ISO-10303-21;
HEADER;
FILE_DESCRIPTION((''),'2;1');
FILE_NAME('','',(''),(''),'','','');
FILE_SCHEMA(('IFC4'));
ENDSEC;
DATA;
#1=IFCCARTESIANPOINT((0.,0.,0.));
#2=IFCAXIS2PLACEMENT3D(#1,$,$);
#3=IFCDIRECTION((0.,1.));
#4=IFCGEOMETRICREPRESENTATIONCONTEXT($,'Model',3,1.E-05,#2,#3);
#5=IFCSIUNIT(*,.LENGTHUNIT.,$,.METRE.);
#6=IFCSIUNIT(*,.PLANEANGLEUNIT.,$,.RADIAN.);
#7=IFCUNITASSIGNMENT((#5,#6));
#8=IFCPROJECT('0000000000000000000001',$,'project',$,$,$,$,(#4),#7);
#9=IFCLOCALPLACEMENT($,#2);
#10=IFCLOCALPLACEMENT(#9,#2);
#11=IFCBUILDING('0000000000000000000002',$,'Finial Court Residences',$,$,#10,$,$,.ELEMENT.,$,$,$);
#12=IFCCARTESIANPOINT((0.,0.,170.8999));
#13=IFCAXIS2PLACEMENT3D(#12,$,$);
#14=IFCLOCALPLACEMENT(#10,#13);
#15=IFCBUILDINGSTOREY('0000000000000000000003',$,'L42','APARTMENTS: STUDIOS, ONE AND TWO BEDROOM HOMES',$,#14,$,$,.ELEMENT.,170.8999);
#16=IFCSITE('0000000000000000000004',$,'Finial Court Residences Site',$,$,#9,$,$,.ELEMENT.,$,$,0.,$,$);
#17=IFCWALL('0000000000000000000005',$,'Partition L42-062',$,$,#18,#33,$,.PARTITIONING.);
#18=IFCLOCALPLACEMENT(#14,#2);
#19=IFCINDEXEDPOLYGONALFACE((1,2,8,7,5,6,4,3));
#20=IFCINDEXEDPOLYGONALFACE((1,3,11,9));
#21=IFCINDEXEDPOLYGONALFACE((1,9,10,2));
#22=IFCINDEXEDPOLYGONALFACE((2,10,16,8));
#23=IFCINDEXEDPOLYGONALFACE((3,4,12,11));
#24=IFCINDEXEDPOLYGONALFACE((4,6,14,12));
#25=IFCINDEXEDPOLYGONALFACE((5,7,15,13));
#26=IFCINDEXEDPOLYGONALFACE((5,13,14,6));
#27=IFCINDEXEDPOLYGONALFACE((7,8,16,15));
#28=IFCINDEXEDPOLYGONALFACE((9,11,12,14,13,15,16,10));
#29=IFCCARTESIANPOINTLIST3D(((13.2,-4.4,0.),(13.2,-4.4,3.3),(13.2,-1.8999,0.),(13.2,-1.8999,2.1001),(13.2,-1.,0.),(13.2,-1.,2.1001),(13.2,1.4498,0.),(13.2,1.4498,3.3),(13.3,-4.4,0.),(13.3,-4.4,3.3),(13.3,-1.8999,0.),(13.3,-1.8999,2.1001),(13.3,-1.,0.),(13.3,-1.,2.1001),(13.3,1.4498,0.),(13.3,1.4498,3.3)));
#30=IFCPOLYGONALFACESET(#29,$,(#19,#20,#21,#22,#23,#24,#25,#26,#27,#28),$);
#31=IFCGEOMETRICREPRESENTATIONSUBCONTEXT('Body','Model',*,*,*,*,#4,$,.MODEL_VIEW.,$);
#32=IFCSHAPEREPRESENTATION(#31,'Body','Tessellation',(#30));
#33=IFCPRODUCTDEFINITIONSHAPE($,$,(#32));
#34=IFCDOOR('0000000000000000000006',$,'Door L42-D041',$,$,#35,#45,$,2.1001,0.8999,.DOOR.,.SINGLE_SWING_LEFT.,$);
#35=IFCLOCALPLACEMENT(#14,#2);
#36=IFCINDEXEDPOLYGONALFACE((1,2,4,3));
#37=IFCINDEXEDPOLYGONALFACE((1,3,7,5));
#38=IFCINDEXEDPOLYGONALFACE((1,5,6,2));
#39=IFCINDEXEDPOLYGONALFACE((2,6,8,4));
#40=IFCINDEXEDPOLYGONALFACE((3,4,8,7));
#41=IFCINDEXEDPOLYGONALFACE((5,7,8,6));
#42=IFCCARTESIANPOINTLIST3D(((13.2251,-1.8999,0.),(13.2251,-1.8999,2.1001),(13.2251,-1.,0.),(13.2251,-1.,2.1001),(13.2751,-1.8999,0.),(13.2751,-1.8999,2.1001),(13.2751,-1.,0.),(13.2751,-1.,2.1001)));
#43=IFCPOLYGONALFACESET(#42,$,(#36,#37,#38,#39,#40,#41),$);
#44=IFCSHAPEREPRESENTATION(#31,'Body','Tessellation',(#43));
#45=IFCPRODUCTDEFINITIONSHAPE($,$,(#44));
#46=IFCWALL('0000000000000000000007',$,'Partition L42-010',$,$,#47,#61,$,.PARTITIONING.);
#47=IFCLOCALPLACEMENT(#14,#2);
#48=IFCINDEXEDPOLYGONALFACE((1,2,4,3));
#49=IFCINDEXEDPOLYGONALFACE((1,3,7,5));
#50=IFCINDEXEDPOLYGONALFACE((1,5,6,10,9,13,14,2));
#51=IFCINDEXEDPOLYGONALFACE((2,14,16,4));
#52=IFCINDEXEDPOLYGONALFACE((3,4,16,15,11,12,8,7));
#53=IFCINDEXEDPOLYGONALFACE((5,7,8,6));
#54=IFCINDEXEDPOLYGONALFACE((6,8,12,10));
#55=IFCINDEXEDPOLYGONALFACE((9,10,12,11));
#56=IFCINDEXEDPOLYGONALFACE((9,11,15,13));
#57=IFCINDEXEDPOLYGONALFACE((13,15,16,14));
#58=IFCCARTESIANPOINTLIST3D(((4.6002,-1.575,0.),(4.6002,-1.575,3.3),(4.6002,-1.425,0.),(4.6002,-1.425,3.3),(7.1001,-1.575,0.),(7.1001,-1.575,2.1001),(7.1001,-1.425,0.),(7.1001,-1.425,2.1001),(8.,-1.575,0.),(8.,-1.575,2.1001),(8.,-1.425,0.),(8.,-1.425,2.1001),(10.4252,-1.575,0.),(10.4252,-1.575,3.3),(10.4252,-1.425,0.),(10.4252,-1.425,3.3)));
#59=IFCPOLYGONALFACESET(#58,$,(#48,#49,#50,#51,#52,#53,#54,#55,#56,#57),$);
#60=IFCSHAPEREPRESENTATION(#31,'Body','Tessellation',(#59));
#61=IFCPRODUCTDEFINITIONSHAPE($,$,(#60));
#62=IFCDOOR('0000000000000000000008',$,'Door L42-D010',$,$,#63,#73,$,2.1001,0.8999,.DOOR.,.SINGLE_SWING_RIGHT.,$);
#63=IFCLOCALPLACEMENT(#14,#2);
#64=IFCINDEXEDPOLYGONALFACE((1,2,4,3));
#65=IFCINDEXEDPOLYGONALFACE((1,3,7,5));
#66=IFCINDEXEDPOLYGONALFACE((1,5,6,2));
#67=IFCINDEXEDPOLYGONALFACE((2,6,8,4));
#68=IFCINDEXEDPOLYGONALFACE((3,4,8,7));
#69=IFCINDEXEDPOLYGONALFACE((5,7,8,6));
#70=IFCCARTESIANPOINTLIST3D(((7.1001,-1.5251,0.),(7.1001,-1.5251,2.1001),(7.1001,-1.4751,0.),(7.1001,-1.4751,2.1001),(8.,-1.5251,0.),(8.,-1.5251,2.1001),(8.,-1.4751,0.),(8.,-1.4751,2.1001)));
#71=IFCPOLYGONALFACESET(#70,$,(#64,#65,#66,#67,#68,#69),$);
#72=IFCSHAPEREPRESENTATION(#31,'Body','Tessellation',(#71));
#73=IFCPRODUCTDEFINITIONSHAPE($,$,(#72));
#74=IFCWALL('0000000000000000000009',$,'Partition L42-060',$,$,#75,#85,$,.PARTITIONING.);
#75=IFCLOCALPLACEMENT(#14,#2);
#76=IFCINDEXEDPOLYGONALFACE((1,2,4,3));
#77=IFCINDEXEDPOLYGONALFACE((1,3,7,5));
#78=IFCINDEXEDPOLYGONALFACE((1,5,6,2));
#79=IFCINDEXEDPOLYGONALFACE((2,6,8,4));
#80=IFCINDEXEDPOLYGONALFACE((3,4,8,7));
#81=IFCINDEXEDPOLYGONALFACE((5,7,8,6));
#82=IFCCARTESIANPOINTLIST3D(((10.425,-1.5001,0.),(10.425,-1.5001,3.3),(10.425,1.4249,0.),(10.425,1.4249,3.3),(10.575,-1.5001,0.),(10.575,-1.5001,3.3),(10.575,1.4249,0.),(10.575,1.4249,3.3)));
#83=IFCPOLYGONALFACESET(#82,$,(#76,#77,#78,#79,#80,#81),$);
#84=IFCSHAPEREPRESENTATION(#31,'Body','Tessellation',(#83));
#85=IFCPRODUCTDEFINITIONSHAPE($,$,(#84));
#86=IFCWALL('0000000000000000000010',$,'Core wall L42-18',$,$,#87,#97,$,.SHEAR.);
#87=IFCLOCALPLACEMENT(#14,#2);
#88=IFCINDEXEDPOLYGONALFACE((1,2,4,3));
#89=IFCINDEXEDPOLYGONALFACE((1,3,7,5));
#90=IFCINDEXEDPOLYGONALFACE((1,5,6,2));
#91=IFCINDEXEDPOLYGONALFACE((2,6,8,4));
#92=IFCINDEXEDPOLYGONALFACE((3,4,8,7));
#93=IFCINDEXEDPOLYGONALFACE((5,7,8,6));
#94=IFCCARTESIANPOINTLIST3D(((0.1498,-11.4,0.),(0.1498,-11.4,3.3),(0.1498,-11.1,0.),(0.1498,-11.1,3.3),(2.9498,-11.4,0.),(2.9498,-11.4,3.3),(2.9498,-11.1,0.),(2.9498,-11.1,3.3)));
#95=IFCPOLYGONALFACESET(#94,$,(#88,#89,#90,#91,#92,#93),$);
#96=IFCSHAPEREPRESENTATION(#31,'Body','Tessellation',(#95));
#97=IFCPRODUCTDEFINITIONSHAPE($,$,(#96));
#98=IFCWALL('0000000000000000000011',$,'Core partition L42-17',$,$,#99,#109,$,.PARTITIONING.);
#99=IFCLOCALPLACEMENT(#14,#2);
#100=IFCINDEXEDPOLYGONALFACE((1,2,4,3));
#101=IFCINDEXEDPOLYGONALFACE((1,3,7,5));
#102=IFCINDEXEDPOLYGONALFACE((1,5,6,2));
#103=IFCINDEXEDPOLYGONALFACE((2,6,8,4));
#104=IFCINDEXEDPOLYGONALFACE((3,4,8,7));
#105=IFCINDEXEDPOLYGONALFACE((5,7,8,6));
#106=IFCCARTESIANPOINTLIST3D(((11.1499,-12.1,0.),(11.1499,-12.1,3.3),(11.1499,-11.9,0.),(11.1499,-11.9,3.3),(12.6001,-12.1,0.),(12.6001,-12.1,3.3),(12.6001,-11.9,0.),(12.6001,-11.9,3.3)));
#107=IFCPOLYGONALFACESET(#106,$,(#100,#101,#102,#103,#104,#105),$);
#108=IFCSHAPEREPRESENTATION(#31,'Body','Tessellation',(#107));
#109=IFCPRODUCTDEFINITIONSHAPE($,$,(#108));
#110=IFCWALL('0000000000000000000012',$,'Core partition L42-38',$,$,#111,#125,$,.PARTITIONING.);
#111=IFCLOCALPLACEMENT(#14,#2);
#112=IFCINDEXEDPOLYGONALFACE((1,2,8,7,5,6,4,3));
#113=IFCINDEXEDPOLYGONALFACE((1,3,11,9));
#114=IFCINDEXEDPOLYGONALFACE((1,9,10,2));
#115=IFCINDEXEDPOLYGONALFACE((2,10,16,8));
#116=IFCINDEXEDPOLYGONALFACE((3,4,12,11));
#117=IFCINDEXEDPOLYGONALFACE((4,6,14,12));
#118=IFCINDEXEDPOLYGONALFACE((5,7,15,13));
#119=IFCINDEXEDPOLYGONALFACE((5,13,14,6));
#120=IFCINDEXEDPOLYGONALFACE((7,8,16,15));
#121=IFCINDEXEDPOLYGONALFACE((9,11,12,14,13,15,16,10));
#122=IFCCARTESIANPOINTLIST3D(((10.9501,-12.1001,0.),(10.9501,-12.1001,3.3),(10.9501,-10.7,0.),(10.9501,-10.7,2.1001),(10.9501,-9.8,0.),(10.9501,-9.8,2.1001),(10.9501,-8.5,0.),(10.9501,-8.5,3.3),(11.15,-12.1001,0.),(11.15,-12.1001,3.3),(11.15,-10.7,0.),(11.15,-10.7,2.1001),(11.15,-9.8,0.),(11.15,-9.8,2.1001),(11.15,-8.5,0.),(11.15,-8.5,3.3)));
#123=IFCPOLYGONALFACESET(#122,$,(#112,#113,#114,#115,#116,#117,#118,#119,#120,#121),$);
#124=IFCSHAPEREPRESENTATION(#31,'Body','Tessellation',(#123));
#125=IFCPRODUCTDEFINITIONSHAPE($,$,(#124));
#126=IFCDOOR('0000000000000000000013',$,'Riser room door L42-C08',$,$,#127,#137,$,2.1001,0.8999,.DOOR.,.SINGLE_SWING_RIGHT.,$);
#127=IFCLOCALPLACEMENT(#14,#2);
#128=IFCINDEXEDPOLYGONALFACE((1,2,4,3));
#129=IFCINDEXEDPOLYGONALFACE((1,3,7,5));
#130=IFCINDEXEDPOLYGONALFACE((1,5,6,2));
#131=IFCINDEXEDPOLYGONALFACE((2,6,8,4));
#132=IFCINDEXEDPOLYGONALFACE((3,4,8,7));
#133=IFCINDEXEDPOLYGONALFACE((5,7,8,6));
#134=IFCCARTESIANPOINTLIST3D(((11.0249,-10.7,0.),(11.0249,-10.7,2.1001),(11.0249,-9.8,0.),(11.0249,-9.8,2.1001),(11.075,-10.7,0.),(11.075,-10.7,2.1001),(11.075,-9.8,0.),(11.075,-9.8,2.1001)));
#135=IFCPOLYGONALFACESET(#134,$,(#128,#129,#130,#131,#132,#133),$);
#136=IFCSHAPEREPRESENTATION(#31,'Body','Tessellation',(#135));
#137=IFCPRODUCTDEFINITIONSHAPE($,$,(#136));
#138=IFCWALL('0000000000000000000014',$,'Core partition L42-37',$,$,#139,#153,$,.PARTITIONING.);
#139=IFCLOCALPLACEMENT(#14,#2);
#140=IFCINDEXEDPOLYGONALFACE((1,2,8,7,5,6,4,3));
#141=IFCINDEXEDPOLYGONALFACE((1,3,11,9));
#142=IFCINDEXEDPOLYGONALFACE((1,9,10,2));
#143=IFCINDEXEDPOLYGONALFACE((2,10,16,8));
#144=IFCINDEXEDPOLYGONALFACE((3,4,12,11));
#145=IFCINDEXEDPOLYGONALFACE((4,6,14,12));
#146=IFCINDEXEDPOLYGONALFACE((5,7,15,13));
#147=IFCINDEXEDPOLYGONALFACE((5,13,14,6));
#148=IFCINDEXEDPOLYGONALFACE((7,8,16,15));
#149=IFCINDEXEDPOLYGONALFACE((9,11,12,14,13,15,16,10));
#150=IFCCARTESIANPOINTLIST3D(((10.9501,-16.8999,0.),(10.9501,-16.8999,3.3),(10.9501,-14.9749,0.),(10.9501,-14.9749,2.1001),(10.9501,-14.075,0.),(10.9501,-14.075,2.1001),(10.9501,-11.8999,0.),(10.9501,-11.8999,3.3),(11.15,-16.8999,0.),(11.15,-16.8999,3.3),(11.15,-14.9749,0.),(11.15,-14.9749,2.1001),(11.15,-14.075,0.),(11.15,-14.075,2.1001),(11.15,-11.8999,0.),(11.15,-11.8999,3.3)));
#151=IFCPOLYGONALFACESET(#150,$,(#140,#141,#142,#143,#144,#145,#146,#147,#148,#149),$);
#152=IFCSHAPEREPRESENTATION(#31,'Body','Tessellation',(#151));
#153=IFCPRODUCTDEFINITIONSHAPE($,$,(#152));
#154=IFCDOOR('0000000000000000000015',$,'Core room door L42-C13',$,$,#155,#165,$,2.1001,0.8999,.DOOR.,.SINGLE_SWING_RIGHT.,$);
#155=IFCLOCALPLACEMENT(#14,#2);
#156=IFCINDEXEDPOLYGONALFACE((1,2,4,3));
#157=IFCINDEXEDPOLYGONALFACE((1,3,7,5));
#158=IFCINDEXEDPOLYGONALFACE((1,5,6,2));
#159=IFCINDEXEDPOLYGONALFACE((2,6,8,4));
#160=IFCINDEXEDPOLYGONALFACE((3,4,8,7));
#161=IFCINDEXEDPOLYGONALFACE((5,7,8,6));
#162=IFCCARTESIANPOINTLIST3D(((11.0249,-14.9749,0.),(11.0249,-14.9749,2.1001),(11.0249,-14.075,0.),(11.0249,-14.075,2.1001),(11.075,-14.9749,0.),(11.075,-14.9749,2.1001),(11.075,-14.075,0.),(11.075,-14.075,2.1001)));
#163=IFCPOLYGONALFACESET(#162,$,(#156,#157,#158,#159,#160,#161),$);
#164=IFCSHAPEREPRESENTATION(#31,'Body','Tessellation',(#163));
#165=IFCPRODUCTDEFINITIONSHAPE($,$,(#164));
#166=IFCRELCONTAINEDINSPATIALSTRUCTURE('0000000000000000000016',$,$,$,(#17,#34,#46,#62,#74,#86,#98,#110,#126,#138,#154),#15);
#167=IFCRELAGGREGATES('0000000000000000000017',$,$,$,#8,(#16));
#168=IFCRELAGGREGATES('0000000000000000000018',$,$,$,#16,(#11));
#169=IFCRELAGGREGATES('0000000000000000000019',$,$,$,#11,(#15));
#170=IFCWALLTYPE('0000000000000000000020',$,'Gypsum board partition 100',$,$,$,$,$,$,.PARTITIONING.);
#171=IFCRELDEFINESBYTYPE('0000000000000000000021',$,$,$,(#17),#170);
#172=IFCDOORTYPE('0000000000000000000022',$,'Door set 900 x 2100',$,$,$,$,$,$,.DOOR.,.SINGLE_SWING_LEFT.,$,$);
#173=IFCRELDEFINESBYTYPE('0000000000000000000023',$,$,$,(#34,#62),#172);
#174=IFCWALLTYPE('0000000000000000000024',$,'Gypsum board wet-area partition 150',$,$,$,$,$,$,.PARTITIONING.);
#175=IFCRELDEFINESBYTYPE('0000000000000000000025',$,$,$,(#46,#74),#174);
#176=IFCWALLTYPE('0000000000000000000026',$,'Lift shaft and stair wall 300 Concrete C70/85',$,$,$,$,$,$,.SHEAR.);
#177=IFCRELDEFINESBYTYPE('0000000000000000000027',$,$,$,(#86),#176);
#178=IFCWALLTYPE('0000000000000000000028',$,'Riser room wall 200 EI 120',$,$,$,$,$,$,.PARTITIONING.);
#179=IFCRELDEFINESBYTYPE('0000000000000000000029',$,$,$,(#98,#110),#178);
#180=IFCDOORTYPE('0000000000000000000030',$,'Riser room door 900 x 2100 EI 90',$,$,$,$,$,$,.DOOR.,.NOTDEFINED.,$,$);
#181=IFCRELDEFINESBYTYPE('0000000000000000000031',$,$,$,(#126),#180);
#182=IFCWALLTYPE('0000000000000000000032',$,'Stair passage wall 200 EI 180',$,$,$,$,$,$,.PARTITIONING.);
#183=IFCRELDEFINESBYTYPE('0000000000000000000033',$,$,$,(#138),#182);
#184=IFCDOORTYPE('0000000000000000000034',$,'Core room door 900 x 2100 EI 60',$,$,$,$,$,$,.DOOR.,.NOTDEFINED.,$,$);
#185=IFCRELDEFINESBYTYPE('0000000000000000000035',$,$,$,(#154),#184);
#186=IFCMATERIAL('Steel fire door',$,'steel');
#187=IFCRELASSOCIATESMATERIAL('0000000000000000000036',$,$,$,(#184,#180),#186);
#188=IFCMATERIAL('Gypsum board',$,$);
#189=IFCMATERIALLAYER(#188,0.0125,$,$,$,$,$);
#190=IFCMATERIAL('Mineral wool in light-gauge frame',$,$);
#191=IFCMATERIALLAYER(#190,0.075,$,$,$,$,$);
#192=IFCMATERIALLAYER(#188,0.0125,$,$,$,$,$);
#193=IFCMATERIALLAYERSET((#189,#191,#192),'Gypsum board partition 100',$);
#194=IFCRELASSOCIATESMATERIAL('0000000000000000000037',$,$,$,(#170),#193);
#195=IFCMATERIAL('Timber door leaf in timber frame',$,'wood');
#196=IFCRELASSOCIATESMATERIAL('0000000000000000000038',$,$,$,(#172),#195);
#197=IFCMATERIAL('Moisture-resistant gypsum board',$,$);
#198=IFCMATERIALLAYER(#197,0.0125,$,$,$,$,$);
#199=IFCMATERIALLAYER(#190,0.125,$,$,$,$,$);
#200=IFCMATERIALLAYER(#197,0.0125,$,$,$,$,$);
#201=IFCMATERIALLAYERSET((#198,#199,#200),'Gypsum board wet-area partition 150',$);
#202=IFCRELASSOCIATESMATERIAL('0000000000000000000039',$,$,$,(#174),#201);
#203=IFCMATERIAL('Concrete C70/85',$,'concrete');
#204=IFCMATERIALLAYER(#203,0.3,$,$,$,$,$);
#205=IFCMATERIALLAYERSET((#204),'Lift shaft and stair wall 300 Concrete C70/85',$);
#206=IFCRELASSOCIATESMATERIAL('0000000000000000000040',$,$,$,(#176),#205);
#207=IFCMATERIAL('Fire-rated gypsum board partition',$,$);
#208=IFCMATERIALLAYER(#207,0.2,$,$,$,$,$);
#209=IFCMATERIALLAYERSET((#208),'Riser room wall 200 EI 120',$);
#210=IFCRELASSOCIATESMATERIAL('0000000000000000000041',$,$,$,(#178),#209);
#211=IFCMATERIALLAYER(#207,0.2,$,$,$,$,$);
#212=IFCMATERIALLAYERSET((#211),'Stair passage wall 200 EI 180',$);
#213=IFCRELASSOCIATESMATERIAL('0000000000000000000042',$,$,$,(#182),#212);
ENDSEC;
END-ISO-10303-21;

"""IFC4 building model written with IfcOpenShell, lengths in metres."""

from ifc_helpers import new_model, si_unit, direction, frame, frame_2d, origin, place, context, subcontext, project, spatial, rectangle, extrude, material, layer, layer_set, type_object, element, fill, save


model = new_model("IFC4")

# Units and contexts
model_context = context("Model", 3, precision=1e-05, world=origin(), true_north=direction((0.0, 1.0)))
body_context = subcontext(model_context, "Body", "Model", "MODEL_VIEW")
ifc_project = project(units=[si_unit("LENGTHUNIT", "METRE"), si_unit("PLANEANGLEUNIT", "RADIAN")], contexts=[model_context])

# Site, building, storey
site_placement = place(None, origin())
site = spatial("IfcSite", under=ifc_project, at=site_placement, Name="Finial Court Residences Site", CompositionType="ELEMENT", RefElevation=0.0)
building_placement = place(site_placement, origin())
building = spatial("IfcBuilding", under=site, at=building_placement, Name="Finial Court Residences", CompositionType="ELEMENT")
storey_placement = place(building_placement, frame((0.0, 0.0, 170.8999)))
storey = spatial("IfcBuildingStorey", under=building, at=storey_placement, Name="L42", Description="APARTMENTS: STUDIOS, ONE AND TWO BEDROOM HOMES", CompositionType="ELEMENT", Elevation=170.8999)

# Shared definitions
ifc_material_1 = material(Name="Fire-rated gypsum board partition")
ifc_material_2 = material(Name="Steel fire door", Category="steel")
door_type_1 = type_object("IfcDoorType", Name="Core room door 900 x 2100 EI 60", OperationType="NOTDEFINED", PredefinedType="DOOR", material=ifc_material_2)

# Shared definitions
ifc_material_3 = material(Name="Gypsum board")

# Shared definitions
ifc_layer_1 = layer(ifc_material_3, 0.0125)
ifc_material_4 = material(Name="Mineral wool in light-gauge frame")
ifc_layer_2 = layer(ifc_material_4, 0.075)
ifc_layer_3 = layer(ifc_material_3, 0.0125)
ifc_layer_set_1 = layer_set([ifc_layer_1, ifc_layer_2, ifc_layer_3], Name="Gypsum board partition 100")
wall_type_1 = type_object("IfcWallType", Name="Gypsum board partition 100", PredefinedType="PARTITIONING", material=ifc_layer_set_1)

# Walls, openings, doors
wall_1_placement = place(storey_placement, frame((13.25, -4.3999, 0.0), z_axis=(0.0, 0.0, 1.0), x_axis=(0.0, 1.0, 0.0)))
wall_1 = element("IfcWall", 1, at=wall_1_placement, inside=storey, type_object=wall_type_1, Name="Partition L42-062", PredefinedType="PARTITIONING", context=body_context, shape_type="SweptSolid", body=[
    extrude(rectangle(XDim=5.8499, YDim=0.1001, at=frame_2d((2.9248, 0.0))), origin(), (0.0, 0.0, 1.0), 3.3),
])
opening_1_placement = place(wall_1_placement, frame((2.5, 0.0, 0.0)))
opening_1 = element("IfcOpeningElement", 2, at=opening_1_placement, cuts=wall_1, PredefinedType="OPENING", context=body_context, shape_type="SweptSolid", body=[
    extrude(rectangle(XDim=0.8999, YDim=2.1001, at=frame_2d((0.45, 1.05))), frame((0.0, 0.0601, 0.0), z_axis=(0.0, -1.0, 0.0), x_axis=(1.0, 0.0, 0.0)), (0.0, 0.0, 1.0), 0.1201),
])
ifc_material_5 = material(Name="Timber door leaf in timber frame", Category="wood")
door_type_2 = type_object("IfcDoorType", Name="Door set 900 x 2100", OperationType="SINGLE_SWING_LEFT", PredefinedType="DOOR", material=ifc_material_5)
door_1_placement = place(opening_1_placement, origin())
door_1 = element("IfcDoor", 3, at=door_1_placement, inside=storey, type_object=door_type_2, Name="Door L42-D041", OperationType="SINGLE_SWING_LEFT", OverallHeight=2.1001, OverallWidth=0.8999, PredefinedType="DOOR", context=body_context, shape_type="SweptSolid", body=[
    extrude(rectangle(XDim=0.8999, YDim=2.1001, at=frame_2d((0.45, 1.05))), frame((0.0, 0.0249, 0.0), z_axis=(0.0, -1.0, 0.0), x_axis=(1.0, 0.0, 0.0)), (0.0, 0.0, 1.0), 0.05),
])
fill(opening_1, door_1)
ifc_material_6 = material(Name="Moisture-resistant gypsum board")
ifc_layer_4 = layer(ifc_material_6, 0.0125)
ifc_layer_5 = layer(ifc_material_4, 0.125)
ifc_layer_6 = layer(ifc_material_6, 0.0125)
ifc_layer_set_2 = layer_set([ifc_layer_4, ifc_layer_5, ifc_layer_6], Name="Gypsum board wet-area partition 150")
wall_type_2 = type_object("IfcWallType", Name="Gypsum board wet-area partition 150", PredefinedType="PARTITIONING", material=ifc_layer_set_2)
wall_2_placement = place(storey_placement, frame((4.6001, -1.5, 0.0), z_axis=(0.0, 0.0, 1.0), x_axis=(1.0, 0.0, 0.0)))
wall_2 = element("IfcWall", 4, at=wall_2_placement, inside=storey, type_object=wall_type_2, Name="Partition L42-010", PredefinedType="PARTITIONING", context=body_context, shape_type="SweptSolid", body=[
    extrude(rectangle(XDim=5.825, YDim=0.1499, at=frame_2d((2.9126, 0.0))), origin(), (0.0, 0.0, 1.0), 3.3),
])
opening_2_placement = place(wall_2_placement, frame((2.5, 0.0, 0.0)))
opening_2 = element("IfcOpeningElement", 5, at=opening_2_placement, cuts=wall_2, PredefinedType="OPENING", context=body_context, shape_type="SweptSolid", body=[
    extrude(rectangle(XDim=0.8999, YDim=2.1001, at=frame_2d((0.45, 1.05))), frame((0.0, 0.085, 0.0), z_axis=(0.0, -1.0, 0.0), x_axis=(1.0, 0.0, 0.0)), (0.0, 0.0, 1.0), 0.1699),
])
door_2_placement = place(opening_2_placement, origin())
door_2 = element("IfcDoor", 6, at=door_2_placement, inside=storey, type_object=door_type_2, Name="Door L42-D010", OperationType="SINGLE_SWING_RIGHT", OverallHeight=2.1001, OverallWidth=0.8999, PredefinedType="DOOR", context=body_context, shape_type="SweptSolid", body=[
    extrude(rectangle(XDim=0.8999, YDim=2.1001, at=frame_2d((0.45, 1.05))), frame((0.0, 0.0249, 0.0), z_axis=(0.0, -1.0, 0.0), x_axis=(1.0, 0.0, 0.0)), (0.0, 0.0, 1.0), 0.05),
])
fill(opening_2, door_2)

# Walls
wall_3_placement = place(storey_placement, frame((10.5, -1.5, 0.0), z_axis=(0.0, 0.0, 1.0), x_axis=(0.0, 1.0, 0.0)))
element("IfcWall", 7, at=wall_3_placement, inside=storey, type_object=wall_type_2, Name="Partition L42-060", PredefinedType="PARTITIONING", context=body_context, shape_type="SweptSolid", body=[
    extrude(rectangle(XDim=2.925, YDim=0.1499, at=frame_2d((1.4624, 0.0))), origin(), (0.0, 0.0, 1.0), 3.3),
])
ifc_material_7 = material(Name="Concrete C70/85", Category="concrete")
ifc_layer_7 = layer(ifc_material_7, 0.3)
ifc_layer_set_3 = layer_set([ifc_layer_7], Name="Lift shaft and stair wall 300 Concrete C70/85")
wall_type_3 = type_object("IfcWallType", Name="Lift shaft and stair wall 300 Concrete C70/85", PredefinedType="SHEAR", material=ifc_layer_set_3)
wall_4_placement = place(storey_placement, frame((0.1499, -11.25, 0.0), z_axis=(0.0, 0.0, 1.0), x_axis=(1.0, 0.0, 0.0)))
element("IfcWall", 8, at=wall_4_placement, inside=storey, type_object=wall_type_3, Name="Core wall L42-18", PredefinedType="SHEAR", context=body_context, shape_type="SweptSolid", body=[
    extrude(rectangle(XDim=2.8, YDim=0.3, at=frame_2d((1.3999, 0.0))), origin(), (0.0, 0.0, 1.0), 3.3),
])
ifc_layer_8 = layer(ifc_material_1, 0.2)
ifc_layer_set_4 = layer_set([ifc_layer_8], Name="Riser room wall 200 EI 120")
wall_type_4 = type_object("IfcWallType", Name="Riser room wall 200 EI 120", PredefinedType="PARTITIONING", material=ifc_layer_set_4)
wall_5_placement = place(storey_placement, frame((11.1499, -12.0, 0.0), z_axis=(0.0, 0.0, 1.0), x_axis=(1.0, 0.0, 0.0)))
element("IfcWall", 9, at=wall_5_placement, inside=storey, type_object=wall_type_4, Name="Core partition L42-17", PredefinedType="PARTITIONING", context=body_context, shape_type="SweptSolid", body=[
    extrude(rectangle(XDim=1.4502, YDim=0.2, at=frame_2d((0.7251, 0.0))), origin(), (0.0, 0.0, 1.0), 3.3),
])

# Walls, openings, doors
wall_6_placement = place(storey_placement, frame((11.05, -8.5, 0.0), z_axis=(0.0, 0.0, 1.0), x_axis=(0.0, -1.0, 0.0)))
wall_6 = element("IfcWall", 10, at=wall_6_placement, inside=storey, type_object=wall_type_4, Name="Core partition L42-38", PredefinedType="PARTITIONING", context=body_context, shape_type="SweptSolid", body=[
    extrude(rectangle(XDim=3.6001, YDim=0.2, at=frame_2d((1.8, 0.0))), origin(), (0.0, 0.0, 1.0), 3.3),
])
opening_3_placement = place(wall_6_placement, frame((1.3, 0.0, 0.0)))
opening_3 = element("IfcOpeningElement", 11, at=opening_3_placement, cuts=wall_6, PredefinedType="OPENING", context=body_context, shape_type="SweptSolid", body=[
    extrude(rectangle(XDim=0.8999, YDim=2.1001, at=frame_2d((0.45, 1.05))), frame((0.0, 0.1099, 0.0), z_axis=(0.0, -1.0, 0.0), x_axis=(1.0, 0.0, 0.0)), (0.0, 0.0, 1.0), 0.22),
])
door_type_3 = type_object("IfcDoorType", Name="Riser room door 900 x 2100 EI 90", OperationType="NOTDEFINED", PredefinedType="DOOR", material=ifc_material_2)
door_3_placement = place(opening_3_placement, origin())
door_3 = element("IfcDoor", 12, at=door_3_placement, inside=storey, type_object=door_type_3, Name="Riser room door L42-C08", OperationType="SINGLE_SWING_RIGHT", OverallHeight=2.1001, OverallWidth=0.8999, PredefinedType="DOOR", context=body_context, shape_type="SweptSolid", body=[
    extrude(rectangle(XDim=0.8999, YDim=2.1001, at=frame_2d((0.45, 1.05))), frame((0.0, 0.0249, 0.0), z_axis=(0.0, -1.0, 0.0), x_axis=(1.0, 0.0, 0.0)), (0.0, 0.0, 1.0), 0.05),
])
fill(opening_3, door_3)
ifc_layer_9 = layer(ifc_material_1, 0.2)
ifc_layer_set_5 = layer_set([ifc_layer_9], Name="Stair passage wall 200 EI 180")
wall_type_5 = type_object("IfcWallType", Name="Stair passage wall 200 EI 180", PredefinedType="PARTITIONING", material=ifc_layer_set_5)
wall_7_placement = place(storey_placement, frame((11.05, -11.8999, 0.0), z_axis=(0.0, 0.0, 1.0), x_axis=(0.0, -1.0, 0.0)))
wall_7 = element("IfcWall", 13, at=wall_7_placement, inside=storey, type_object=wall_type_5, Name="Core partition L42-37", PredefinedType="PARTITIONING", context=body_context, shape_type="SweptSolid", body=[
    extrude(rectangle(XDim=5.0, YDim=0.2, at=frame_2d((2.5, 0.0))), origin(), (0.0, 0.0, 1.0), 3.3),
])
opening_4_placement = place(wall_7_placement, frame((2.175, 0.0, 0.0)))
opening_4 = element("IfcOpeningElement", 14, at=opening_4_placement, cuts=wall_7, PredefinedType="OPENING", context=body_context, shape_type="SweptSolid", body=[
    extrude(rectangle(XDim=0.8999, YDim=2.1001, at=frame_2d((0.45, 1.05))), frame((0.0, 0.1099, 0.0), z_axis=(0.0, -1.0, 0.0), x_axis=(1.0, 0.0, 0.0)), (0.0, 0.0, 1.0), 0.22),
])
door_4_placement = place(opening_4_placement, origin())
door_4 = element("IfcDoor", 15, at=door_4_placement, inside=storey, type_object=door_type_1, Name="Core room door L42-C13", OperationType="SINGLE_SWING_RIGHT", OverallHeight=2.1001, OverallWidth=0.8999, PredefinedType="DOOR", context=body_context, shape_type="SweptSolid", body=[
    extrude(rectangle(XDim=0.8999, YDim=2.1001, at=frame_2d((0.45, 1.05))), frame((0.0, 0.0249, 0.0), z_axis=(0.0, -1.0, 0.0), x_axis=(1.0, 0.0, 0.0)), (0.0, 0.0, 1.0), 0.05),
])
fill(opening_4, door_4)

save(model, "model.ifc")
